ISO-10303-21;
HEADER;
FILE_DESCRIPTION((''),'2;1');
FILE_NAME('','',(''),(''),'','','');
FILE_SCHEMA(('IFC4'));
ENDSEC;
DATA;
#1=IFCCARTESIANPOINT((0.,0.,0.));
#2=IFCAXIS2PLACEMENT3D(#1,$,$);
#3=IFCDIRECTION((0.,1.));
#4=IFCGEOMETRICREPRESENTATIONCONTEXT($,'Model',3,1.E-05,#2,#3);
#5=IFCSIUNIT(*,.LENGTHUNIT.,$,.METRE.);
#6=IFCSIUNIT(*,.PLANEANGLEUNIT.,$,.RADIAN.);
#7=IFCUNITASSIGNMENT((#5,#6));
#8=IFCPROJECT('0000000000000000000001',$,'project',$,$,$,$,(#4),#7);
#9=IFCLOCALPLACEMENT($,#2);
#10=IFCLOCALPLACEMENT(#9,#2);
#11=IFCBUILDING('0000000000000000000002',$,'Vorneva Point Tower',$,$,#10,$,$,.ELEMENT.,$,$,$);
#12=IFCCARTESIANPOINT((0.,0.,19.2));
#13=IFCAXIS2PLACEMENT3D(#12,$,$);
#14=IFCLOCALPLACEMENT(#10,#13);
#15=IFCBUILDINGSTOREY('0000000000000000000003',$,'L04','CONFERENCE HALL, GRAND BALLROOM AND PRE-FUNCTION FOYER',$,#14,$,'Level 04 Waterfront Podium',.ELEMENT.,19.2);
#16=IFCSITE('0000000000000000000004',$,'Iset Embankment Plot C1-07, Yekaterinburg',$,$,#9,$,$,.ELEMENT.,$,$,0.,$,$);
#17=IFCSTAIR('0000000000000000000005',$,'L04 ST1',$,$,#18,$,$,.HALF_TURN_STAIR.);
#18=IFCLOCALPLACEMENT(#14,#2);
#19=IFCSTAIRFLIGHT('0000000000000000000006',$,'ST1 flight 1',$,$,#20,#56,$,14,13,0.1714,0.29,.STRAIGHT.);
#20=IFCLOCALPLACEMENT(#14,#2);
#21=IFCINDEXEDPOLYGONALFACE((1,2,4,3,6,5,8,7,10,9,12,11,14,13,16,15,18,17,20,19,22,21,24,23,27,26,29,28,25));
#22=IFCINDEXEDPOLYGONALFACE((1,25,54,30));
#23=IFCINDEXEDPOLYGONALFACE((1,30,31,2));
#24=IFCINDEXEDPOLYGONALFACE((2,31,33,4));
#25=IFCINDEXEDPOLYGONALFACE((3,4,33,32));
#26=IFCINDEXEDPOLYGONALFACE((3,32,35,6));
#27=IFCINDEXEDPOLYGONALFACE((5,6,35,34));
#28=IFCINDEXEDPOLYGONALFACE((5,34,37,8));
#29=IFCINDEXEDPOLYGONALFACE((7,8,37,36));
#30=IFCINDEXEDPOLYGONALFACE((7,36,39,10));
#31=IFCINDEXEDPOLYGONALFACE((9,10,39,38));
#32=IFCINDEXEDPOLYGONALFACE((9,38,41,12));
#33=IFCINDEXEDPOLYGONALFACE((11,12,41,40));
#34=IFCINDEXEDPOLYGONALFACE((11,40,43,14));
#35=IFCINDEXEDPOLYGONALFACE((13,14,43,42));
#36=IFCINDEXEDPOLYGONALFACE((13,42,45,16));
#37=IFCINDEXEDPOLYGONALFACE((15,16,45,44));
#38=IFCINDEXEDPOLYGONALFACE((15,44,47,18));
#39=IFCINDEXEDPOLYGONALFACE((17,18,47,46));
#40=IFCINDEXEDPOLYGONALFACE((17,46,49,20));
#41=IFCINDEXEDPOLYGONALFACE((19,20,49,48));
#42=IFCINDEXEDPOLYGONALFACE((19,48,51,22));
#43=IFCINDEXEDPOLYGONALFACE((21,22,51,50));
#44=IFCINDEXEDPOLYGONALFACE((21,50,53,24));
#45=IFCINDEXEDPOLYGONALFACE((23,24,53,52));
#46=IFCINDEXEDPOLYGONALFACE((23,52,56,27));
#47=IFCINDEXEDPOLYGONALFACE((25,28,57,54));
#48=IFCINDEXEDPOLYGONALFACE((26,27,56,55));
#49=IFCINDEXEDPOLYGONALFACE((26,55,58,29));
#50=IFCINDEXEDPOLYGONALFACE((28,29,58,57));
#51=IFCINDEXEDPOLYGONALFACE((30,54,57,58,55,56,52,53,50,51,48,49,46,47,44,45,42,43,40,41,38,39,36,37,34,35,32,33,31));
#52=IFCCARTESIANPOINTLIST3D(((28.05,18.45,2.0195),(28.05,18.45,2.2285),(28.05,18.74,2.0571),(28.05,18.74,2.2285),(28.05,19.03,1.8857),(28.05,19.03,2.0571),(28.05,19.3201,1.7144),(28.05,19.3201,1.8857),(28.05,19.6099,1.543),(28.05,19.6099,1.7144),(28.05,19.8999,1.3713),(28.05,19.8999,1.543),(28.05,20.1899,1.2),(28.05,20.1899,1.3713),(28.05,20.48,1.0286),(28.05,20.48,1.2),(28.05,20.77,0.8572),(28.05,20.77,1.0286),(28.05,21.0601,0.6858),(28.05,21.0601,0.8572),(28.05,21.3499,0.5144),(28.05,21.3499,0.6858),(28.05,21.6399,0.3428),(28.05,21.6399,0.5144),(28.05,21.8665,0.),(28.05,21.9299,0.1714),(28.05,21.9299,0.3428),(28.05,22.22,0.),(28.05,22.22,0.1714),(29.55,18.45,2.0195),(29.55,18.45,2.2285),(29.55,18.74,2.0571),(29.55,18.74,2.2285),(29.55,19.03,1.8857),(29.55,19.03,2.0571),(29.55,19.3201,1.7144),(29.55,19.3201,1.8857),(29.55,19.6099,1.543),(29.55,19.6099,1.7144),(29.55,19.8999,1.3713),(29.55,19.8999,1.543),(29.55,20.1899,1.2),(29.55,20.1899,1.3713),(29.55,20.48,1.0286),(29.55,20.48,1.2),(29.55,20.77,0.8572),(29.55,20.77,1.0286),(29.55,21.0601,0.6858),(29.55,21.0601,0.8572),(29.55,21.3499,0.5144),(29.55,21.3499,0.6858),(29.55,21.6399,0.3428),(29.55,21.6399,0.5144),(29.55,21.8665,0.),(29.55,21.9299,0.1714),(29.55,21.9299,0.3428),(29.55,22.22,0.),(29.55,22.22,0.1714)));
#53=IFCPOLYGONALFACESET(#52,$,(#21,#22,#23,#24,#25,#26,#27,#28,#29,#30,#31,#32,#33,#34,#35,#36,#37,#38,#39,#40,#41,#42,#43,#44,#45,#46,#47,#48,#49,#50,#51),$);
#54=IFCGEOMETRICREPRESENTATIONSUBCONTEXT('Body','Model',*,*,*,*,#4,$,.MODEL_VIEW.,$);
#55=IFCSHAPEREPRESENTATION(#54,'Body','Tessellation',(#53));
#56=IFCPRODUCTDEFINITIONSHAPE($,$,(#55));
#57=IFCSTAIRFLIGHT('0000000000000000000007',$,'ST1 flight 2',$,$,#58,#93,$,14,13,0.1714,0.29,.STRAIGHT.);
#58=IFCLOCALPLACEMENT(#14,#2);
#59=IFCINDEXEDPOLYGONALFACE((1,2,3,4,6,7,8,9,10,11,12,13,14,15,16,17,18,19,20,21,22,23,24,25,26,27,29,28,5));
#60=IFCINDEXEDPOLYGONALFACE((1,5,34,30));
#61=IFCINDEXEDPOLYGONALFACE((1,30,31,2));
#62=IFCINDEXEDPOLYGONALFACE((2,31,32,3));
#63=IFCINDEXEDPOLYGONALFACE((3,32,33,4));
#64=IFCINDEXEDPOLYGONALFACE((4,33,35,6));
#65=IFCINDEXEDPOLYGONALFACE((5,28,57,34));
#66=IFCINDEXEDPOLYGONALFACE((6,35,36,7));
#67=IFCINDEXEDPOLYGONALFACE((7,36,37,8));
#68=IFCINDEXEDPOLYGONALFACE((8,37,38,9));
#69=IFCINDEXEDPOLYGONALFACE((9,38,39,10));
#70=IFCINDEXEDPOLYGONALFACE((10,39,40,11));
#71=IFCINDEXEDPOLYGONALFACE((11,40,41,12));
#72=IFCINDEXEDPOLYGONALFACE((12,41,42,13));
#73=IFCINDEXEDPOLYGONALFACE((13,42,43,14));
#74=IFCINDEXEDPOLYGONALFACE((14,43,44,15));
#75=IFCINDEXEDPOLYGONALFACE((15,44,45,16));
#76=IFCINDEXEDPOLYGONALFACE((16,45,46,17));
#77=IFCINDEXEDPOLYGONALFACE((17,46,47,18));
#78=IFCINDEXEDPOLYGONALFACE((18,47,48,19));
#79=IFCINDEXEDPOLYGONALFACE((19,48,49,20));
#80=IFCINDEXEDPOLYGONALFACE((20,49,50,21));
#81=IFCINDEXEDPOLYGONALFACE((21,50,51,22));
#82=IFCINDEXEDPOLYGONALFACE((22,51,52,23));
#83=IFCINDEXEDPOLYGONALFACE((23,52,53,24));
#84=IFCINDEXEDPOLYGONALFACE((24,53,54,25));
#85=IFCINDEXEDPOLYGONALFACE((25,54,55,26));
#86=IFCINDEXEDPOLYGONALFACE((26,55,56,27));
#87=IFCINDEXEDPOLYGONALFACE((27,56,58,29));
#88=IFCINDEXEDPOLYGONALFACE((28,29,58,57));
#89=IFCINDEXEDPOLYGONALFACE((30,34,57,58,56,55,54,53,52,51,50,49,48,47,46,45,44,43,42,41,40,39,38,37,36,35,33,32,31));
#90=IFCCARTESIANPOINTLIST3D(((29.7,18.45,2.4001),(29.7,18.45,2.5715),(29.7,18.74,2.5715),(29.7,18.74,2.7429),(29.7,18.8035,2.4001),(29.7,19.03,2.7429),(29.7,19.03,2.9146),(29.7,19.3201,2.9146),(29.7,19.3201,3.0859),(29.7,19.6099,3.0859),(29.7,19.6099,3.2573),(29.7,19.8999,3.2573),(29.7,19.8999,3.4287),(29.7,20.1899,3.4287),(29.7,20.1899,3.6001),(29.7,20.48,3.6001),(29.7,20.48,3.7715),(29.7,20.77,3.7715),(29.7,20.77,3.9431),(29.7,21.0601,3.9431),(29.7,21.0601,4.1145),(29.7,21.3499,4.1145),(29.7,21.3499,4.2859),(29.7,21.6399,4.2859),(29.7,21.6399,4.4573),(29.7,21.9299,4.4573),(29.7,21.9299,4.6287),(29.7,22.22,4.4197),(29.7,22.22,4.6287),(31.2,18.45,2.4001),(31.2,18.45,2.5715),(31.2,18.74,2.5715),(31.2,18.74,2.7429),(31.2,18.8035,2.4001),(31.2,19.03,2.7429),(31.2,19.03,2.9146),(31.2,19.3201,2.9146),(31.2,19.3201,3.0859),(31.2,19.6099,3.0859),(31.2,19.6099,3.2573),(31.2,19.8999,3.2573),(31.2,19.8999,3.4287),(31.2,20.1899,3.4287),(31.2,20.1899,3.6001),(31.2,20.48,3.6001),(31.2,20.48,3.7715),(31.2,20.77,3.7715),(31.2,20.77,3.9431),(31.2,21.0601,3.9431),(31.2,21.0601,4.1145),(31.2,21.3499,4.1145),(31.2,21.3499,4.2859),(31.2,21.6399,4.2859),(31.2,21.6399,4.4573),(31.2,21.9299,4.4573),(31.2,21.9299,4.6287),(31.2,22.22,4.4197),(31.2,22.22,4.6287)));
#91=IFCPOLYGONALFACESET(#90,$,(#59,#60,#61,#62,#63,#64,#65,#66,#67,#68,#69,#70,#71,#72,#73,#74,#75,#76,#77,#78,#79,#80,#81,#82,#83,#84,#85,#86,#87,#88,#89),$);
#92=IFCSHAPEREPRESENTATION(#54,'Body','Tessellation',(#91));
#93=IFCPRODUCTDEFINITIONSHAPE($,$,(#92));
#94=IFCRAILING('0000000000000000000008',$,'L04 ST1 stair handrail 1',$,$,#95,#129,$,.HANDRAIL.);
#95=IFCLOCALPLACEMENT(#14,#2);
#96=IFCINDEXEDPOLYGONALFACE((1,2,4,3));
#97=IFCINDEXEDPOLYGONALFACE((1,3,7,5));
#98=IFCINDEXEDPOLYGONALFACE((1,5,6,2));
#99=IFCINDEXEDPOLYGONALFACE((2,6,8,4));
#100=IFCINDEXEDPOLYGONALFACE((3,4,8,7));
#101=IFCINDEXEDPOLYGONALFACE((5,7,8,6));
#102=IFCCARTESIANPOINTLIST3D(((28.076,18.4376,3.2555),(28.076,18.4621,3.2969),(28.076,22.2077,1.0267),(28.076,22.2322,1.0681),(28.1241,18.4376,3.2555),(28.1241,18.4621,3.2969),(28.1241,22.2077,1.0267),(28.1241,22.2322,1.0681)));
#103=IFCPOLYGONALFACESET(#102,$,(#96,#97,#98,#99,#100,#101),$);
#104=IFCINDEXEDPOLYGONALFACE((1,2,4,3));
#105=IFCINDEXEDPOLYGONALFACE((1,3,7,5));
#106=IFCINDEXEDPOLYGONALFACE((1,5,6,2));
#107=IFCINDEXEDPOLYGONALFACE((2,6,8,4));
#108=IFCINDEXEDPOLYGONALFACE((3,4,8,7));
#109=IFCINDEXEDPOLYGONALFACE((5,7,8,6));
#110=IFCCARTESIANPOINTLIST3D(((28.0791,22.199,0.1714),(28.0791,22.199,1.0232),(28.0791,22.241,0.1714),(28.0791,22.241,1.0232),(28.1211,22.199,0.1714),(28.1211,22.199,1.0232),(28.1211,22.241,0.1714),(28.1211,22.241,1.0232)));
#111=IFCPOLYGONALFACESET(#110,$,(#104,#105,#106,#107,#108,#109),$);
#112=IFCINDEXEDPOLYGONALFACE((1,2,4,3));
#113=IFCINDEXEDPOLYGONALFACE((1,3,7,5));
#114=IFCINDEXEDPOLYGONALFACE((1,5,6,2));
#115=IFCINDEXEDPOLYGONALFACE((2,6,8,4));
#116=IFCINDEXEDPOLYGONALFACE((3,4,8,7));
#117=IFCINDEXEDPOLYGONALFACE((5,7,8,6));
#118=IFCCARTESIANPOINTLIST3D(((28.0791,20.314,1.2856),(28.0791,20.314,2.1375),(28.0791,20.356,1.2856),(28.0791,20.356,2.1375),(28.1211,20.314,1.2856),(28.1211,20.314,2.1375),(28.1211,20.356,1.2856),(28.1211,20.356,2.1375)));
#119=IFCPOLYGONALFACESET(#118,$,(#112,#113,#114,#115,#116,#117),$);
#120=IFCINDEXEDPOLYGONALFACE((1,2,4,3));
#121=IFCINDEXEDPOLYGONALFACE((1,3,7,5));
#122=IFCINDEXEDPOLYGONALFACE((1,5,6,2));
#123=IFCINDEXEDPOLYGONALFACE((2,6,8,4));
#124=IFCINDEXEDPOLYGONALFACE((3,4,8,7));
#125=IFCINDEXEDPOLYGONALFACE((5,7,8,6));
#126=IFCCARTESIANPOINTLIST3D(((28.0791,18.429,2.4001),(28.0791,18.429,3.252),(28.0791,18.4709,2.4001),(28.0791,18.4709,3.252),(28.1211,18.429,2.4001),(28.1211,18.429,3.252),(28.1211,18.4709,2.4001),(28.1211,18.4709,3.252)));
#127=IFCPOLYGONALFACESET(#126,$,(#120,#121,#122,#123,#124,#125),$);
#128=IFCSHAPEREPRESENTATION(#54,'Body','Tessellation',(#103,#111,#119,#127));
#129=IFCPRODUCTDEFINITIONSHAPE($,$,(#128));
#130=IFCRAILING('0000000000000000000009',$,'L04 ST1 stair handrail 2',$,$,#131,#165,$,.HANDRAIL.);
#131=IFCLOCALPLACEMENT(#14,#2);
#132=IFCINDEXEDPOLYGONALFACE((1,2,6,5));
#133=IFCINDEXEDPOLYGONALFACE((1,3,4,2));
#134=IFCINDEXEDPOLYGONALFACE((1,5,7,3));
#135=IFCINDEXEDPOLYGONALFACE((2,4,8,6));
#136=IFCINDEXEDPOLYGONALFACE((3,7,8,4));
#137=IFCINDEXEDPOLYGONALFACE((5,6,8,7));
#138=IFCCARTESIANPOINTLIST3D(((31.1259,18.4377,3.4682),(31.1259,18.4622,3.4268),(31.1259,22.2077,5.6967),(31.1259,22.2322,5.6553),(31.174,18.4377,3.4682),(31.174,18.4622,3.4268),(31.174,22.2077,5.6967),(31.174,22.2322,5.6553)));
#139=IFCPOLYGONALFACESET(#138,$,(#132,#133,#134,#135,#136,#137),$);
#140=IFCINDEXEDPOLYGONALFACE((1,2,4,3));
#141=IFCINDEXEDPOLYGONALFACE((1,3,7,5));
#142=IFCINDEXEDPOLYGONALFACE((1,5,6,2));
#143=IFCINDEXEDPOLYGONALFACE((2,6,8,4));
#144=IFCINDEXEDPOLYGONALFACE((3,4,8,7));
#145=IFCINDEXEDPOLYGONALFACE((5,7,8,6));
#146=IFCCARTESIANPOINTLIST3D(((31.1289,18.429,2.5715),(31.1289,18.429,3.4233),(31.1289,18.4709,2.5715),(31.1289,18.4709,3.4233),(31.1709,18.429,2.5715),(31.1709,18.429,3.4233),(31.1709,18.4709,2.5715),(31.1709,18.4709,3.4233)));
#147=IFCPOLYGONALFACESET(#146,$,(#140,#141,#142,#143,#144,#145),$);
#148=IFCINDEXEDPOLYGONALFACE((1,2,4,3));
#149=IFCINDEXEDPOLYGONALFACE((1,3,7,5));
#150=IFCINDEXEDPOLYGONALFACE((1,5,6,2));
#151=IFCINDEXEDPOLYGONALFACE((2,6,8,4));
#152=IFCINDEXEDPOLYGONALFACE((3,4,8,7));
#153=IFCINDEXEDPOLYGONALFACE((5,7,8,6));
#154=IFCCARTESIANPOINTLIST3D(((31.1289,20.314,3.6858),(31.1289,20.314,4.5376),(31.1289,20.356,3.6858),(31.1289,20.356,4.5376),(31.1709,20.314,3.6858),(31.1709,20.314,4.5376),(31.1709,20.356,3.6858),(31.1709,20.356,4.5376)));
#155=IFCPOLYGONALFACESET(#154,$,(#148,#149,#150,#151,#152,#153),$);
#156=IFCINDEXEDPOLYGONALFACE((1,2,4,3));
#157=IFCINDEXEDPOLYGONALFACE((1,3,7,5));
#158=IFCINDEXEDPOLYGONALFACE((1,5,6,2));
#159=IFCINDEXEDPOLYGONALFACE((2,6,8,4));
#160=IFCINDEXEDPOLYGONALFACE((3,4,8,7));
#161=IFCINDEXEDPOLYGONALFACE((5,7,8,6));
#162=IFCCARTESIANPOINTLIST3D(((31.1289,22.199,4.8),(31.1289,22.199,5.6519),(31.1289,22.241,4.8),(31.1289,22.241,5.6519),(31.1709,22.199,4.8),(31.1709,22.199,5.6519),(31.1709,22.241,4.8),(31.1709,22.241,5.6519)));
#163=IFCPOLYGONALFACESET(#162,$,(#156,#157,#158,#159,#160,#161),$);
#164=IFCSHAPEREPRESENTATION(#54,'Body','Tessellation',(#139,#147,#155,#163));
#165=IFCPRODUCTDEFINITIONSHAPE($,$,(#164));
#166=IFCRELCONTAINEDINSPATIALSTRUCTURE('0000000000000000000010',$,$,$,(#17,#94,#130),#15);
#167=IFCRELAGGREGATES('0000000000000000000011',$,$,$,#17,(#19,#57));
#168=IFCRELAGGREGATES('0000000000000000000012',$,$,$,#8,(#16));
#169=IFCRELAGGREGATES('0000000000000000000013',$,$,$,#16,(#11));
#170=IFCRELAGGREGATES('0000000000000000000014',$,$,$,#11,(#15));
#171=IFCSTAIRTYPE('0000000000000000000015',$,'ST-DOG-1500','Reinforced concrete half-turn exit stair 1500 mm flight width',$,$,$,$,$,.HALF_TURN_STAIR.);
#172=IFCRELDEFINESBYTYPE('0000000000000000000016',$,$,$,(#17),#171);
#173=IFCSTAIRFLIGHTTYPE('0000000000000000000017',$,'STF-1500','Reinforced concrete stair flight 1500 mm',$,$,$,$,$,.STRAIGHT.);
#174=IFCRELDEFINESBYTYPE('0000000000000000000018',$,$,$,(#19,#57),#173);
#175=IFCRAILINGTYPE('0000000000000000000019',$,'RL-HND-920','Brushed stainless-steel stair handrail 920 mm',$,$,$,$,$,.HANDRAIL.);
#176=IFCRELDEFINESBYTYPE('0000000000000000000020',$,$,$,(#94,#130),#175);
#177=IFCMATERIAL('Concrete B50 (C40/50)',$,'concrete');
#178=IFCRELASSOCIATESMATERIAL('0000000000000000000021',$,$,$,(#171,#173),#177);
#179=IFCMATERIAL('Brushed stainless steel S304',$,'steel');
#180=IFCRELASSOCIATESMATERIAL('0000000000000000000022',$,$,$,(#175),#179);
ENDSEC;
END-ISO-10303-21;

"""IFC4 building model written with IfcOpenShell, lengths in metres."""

from ifc_helpers import new_model, si_unit, direction, frame, origin, origin_2d, place, context, subcontext, project, spatial, polyline, rectangle, outline, extrude, material, type_object, element, aggregate, save


model = new_model("IFC4")

# Units and contexts
model_context = context("Model", 3, precision=1e-05, world=origin(), true_north=direction((0.0, 1.0)))
body_context = subcontext(model_context, "Body", "Model", "MODEL_VIEW")
ifc_project = project(units=[si_unit("LENGTHUNIT", "METRE"), si_unit("PLANEANGLEUNIT", "RADIAN")], contexts=[model_context])

# Site, building, storey
site_placement = place(None, origin())
site = spatial("IfcSite", under=ifc_project, at=site_placement, Name="Iset Embankment Plot C1-07, Yekaterinburg", CompositionType="ELEMENT", RefElevation=0.0)
building_placement = place(site_placement, origin())
building = spatial("IfcBuilding", under=site, at=building_placement, Name="Vorneva Point Tower", CompositionType="ELEMENT")
storey_placement = place(building_placement, frame((0.0, 0.0, 19.2)))
storey = spatial("IfcBuildingStorey", under=building, at=storey_placement, Name="L04", Description="CONFERENCE HALL, GRAND BALLROOM AND PRE-FUNCTION FOYER", LongName="Level 04 Waterfront Podium", CompositionType="ELEMENT", Elevation=19.2)

# Shared definitions
ifc_material_1 = material(Name="Concrete B50 (C40/50)", Category="concrete")

# Stair, stair flights
stair_type = type_object("IfcStairType", Name="ST-DOG-1500", Description="Reinforced concrete half-turn exit stair 1500 mm flight width", PredefinedType="HALF_TURN_STAIR", material=ifc_material_1)
stair_placement = place(storey_placement, origin())
stair = element("IfcStair", 1, at=stair_placement, inside=storey, type_object=stair_type, Name="L04 ST1", PredefinedType="HALF_TURN_STAIR")
stair_flight_type = type_object("IfcStairFlightType", Name="STF-1500", Description="Reinforced concrete stair flight 1500 mm", PredefinedType="STRAIGHT", material=ifc_material_1)
stair_flight_1_placement = place(storey_placement, frame((28.8, 22.22, 0.0), z_axis=(0.0, 0.0, 1.0), x_axis=(0.0, -1.0, 0.0)))
stair_flight_1 = element("IfcStairFlight", 2, at=stair_flight_1_placement, type_object=stair_flight_type, Name="ST1 flight 1", NumberOfRisers=14, NumberOfTreads=13, PredefinedType="STRAIGHT", RiserHeight=0.1714, TreadLength=0.29, context=body_context, shape_type="SweptSolid", body=[
    extrude(outline(polyline([(0.0, 0.0), (0.0, 0.1714), (0.29, 0.1714), (0.29, 0.3428), (0.5801, 0.3428), (0.5801, 0.5144), (0.8701, 0.5144), (0.8701, 0.6858), (1.1599, 0.6858), (1.1599, 0.8572), (1.45, 0.8572), (1.45, 1.0286), (1.74, 1.0286), (1.74, 1.2), (2.03, 1.2), (2.03, 1.3713), (2.3201, 1.3713), (2.3201, 1.543), (2.6101, 1.543), (2.6101, 1.7144), (2.8999, 1.7144), (2.8999, 1.8857), (3.1899, 1.8857), (3.1899, 2.0571), (3.48, 2.0571), (3.48, 2.2285), (3.77, 2.2285), (3.77, 2.3999), (3.77, 2.0195), (0.3535, 0.0), (0.0, 0.0)])), frame((0.0, 0.75, 0.0), z_axis=(0.0, -1.0, 0.0), x_axis=(1.0, 0.0, 0.0)), (0.0, 0.0, 1.0), 1.5),
])
stair_flight_2_placement = place(storey_placement, frame((30.45, 18.45, 2.4001), z_axis=(0.0, 0.0, 1.0), x_axis=(0.0, 1.0, 0.0)))
stair_flight_2 = element("IfcStairFlight", 3, at=stair_flight_2_placement, type_object=stair_flight_type, Name="ST1 flight 2", NumberOfRisers=14, NumberOfTreads=13, PredefinedType="STRAIGHT", RiserHeight=0.1714, TreadLength=0.29, context=body_context, shape_type="SweptSolid", body=[
    extrude(outline(polyline([(0.0, 0.0), (0.0, 0.1714), (0.29, 0.1714), (0.29, 0.3428), (0.5801, 0.3428), (0.5801, 0.5144), (0.8701, 0.5144), (0.8701, 0.6858), (1.1599, 0.6858), (1.1599, 0.8572), (1.45, 0.8572), (1.45, 1.0286), (1.74, 1.0286), (1.74, 1.2), (2.03, 1.2), (2.03, 1.3713), (2.3201, 1.3713), (2.3201, 1.543), (2.6101, 1.543), (2.6101, 1.7144), (2.8999, 1.7144), (2.8999, 1.8857), (3.1899, 1.8857), (3.1899, 2.0571), (3.48, 2.0571), (3.48, 2.2285), (3.77, 2.2285), (3.77, 2.3999), (3.77, 2.0195), (0.3535, 0.0), (0.0, 0.0)])), frame((0.0, 0.75, 0.0), z_axis=(0.0, -1.0, 0.0), x_axis=(1.0, 0.0, 0.0)), (0.0, 0.0, 1.0), 1.5),
])
aggregate(stair, [stair_flight_1, stair_flight_2])

# Railings
ifc_material_2 = material(Name="Brushed stainless steel S304", Category="steel")
railing_type_1 = type_object("IfcRailingType", Name="RL-HND-920", Description="Brushed stainless-steel stair handrail 920 mm", PredefinedType="HANDRAIL", material=ifc_material_2)
railing_1_placement = place(storey_placement, frame((28.1001, 22.22, 0.1714)))
element("IfcRailing", 4, at=railing_1_placement, inside=storey, type_object=railing_type_1, Name="L04 ST1 stair handrail 1", PredefinedType="HANDRAIL", context=body_context, shape_type="SweptSolid", body=[
    extrude(rectangle(XDim=0.0481, YDim=0.0481, at=origin_2d()), frame((0.0, 0.0, 0.876), z_axis=(0.0, -0.860824, 0.508902), x_axis=(1.0, 0.0, 0.0)), (0.0, 0.0, 1.0), 4.3796),
    extrude(rectangle(XDim=0.042, YDim=0.042, at=origin_2d()), origin(), (0.0, 0.0, 1.0), 0.8518),
    extrude(rectangle(XDim=0.042, YDim=0.042, at=origin_2d()), frame((0.0, -1.885, 1.1143)), (0.0, 0.0, 1.0), 0.8518),
    extrude(rectangle(XDim=0.042, YDim=0.042, at=origin_2d()), frame((0.0, -3.77, 2.2288)), (0.0, 0.0, 1.0), 0.8518),
])
railing_2_placement = place(storey_placement, frame((31.1499, 18.45, 2.5715)))
element("IfcRailing", 5, at=railing_2_placement, inside=storey, type_object=railing_type_1, Name="L04 ST1 stair handrail 2", PredefinedType="HANDRAIL", context=body_context, shape_type="SweptSolid", body=[
    extrude(rectangle(XDim=0.0481, YDim=0.0481, at=origin_2d()), frame((0.0, 0.0, 0.876), z_axis=(0.0, 0.860849, 0.508861), x_axis=(-1.0, 0.0, 0.0)), (0.0, 0.0, 1.0), 4.3794),
    extrude(rectangle(XDim=0.042, YDim=0.042, at=origin_2d()), origin(), (0.0, 0.0, 1.0), 0.8518),
    extrude(rectangle(XDim=0.042, YDim=0.042, at=origin_2d()), frame((0.0, 1.885, 1.1143)), (0.0, 0.0, 1.0), 0.8518),
    extrude(rectangle(XDim=0.042, YDim=0.042, at=origin_2d()), frame((0.0, 3.77, 2.2285)), (0.0, 0.0, 1.0), 0.8518),
])

save(model, "model.ifc")
